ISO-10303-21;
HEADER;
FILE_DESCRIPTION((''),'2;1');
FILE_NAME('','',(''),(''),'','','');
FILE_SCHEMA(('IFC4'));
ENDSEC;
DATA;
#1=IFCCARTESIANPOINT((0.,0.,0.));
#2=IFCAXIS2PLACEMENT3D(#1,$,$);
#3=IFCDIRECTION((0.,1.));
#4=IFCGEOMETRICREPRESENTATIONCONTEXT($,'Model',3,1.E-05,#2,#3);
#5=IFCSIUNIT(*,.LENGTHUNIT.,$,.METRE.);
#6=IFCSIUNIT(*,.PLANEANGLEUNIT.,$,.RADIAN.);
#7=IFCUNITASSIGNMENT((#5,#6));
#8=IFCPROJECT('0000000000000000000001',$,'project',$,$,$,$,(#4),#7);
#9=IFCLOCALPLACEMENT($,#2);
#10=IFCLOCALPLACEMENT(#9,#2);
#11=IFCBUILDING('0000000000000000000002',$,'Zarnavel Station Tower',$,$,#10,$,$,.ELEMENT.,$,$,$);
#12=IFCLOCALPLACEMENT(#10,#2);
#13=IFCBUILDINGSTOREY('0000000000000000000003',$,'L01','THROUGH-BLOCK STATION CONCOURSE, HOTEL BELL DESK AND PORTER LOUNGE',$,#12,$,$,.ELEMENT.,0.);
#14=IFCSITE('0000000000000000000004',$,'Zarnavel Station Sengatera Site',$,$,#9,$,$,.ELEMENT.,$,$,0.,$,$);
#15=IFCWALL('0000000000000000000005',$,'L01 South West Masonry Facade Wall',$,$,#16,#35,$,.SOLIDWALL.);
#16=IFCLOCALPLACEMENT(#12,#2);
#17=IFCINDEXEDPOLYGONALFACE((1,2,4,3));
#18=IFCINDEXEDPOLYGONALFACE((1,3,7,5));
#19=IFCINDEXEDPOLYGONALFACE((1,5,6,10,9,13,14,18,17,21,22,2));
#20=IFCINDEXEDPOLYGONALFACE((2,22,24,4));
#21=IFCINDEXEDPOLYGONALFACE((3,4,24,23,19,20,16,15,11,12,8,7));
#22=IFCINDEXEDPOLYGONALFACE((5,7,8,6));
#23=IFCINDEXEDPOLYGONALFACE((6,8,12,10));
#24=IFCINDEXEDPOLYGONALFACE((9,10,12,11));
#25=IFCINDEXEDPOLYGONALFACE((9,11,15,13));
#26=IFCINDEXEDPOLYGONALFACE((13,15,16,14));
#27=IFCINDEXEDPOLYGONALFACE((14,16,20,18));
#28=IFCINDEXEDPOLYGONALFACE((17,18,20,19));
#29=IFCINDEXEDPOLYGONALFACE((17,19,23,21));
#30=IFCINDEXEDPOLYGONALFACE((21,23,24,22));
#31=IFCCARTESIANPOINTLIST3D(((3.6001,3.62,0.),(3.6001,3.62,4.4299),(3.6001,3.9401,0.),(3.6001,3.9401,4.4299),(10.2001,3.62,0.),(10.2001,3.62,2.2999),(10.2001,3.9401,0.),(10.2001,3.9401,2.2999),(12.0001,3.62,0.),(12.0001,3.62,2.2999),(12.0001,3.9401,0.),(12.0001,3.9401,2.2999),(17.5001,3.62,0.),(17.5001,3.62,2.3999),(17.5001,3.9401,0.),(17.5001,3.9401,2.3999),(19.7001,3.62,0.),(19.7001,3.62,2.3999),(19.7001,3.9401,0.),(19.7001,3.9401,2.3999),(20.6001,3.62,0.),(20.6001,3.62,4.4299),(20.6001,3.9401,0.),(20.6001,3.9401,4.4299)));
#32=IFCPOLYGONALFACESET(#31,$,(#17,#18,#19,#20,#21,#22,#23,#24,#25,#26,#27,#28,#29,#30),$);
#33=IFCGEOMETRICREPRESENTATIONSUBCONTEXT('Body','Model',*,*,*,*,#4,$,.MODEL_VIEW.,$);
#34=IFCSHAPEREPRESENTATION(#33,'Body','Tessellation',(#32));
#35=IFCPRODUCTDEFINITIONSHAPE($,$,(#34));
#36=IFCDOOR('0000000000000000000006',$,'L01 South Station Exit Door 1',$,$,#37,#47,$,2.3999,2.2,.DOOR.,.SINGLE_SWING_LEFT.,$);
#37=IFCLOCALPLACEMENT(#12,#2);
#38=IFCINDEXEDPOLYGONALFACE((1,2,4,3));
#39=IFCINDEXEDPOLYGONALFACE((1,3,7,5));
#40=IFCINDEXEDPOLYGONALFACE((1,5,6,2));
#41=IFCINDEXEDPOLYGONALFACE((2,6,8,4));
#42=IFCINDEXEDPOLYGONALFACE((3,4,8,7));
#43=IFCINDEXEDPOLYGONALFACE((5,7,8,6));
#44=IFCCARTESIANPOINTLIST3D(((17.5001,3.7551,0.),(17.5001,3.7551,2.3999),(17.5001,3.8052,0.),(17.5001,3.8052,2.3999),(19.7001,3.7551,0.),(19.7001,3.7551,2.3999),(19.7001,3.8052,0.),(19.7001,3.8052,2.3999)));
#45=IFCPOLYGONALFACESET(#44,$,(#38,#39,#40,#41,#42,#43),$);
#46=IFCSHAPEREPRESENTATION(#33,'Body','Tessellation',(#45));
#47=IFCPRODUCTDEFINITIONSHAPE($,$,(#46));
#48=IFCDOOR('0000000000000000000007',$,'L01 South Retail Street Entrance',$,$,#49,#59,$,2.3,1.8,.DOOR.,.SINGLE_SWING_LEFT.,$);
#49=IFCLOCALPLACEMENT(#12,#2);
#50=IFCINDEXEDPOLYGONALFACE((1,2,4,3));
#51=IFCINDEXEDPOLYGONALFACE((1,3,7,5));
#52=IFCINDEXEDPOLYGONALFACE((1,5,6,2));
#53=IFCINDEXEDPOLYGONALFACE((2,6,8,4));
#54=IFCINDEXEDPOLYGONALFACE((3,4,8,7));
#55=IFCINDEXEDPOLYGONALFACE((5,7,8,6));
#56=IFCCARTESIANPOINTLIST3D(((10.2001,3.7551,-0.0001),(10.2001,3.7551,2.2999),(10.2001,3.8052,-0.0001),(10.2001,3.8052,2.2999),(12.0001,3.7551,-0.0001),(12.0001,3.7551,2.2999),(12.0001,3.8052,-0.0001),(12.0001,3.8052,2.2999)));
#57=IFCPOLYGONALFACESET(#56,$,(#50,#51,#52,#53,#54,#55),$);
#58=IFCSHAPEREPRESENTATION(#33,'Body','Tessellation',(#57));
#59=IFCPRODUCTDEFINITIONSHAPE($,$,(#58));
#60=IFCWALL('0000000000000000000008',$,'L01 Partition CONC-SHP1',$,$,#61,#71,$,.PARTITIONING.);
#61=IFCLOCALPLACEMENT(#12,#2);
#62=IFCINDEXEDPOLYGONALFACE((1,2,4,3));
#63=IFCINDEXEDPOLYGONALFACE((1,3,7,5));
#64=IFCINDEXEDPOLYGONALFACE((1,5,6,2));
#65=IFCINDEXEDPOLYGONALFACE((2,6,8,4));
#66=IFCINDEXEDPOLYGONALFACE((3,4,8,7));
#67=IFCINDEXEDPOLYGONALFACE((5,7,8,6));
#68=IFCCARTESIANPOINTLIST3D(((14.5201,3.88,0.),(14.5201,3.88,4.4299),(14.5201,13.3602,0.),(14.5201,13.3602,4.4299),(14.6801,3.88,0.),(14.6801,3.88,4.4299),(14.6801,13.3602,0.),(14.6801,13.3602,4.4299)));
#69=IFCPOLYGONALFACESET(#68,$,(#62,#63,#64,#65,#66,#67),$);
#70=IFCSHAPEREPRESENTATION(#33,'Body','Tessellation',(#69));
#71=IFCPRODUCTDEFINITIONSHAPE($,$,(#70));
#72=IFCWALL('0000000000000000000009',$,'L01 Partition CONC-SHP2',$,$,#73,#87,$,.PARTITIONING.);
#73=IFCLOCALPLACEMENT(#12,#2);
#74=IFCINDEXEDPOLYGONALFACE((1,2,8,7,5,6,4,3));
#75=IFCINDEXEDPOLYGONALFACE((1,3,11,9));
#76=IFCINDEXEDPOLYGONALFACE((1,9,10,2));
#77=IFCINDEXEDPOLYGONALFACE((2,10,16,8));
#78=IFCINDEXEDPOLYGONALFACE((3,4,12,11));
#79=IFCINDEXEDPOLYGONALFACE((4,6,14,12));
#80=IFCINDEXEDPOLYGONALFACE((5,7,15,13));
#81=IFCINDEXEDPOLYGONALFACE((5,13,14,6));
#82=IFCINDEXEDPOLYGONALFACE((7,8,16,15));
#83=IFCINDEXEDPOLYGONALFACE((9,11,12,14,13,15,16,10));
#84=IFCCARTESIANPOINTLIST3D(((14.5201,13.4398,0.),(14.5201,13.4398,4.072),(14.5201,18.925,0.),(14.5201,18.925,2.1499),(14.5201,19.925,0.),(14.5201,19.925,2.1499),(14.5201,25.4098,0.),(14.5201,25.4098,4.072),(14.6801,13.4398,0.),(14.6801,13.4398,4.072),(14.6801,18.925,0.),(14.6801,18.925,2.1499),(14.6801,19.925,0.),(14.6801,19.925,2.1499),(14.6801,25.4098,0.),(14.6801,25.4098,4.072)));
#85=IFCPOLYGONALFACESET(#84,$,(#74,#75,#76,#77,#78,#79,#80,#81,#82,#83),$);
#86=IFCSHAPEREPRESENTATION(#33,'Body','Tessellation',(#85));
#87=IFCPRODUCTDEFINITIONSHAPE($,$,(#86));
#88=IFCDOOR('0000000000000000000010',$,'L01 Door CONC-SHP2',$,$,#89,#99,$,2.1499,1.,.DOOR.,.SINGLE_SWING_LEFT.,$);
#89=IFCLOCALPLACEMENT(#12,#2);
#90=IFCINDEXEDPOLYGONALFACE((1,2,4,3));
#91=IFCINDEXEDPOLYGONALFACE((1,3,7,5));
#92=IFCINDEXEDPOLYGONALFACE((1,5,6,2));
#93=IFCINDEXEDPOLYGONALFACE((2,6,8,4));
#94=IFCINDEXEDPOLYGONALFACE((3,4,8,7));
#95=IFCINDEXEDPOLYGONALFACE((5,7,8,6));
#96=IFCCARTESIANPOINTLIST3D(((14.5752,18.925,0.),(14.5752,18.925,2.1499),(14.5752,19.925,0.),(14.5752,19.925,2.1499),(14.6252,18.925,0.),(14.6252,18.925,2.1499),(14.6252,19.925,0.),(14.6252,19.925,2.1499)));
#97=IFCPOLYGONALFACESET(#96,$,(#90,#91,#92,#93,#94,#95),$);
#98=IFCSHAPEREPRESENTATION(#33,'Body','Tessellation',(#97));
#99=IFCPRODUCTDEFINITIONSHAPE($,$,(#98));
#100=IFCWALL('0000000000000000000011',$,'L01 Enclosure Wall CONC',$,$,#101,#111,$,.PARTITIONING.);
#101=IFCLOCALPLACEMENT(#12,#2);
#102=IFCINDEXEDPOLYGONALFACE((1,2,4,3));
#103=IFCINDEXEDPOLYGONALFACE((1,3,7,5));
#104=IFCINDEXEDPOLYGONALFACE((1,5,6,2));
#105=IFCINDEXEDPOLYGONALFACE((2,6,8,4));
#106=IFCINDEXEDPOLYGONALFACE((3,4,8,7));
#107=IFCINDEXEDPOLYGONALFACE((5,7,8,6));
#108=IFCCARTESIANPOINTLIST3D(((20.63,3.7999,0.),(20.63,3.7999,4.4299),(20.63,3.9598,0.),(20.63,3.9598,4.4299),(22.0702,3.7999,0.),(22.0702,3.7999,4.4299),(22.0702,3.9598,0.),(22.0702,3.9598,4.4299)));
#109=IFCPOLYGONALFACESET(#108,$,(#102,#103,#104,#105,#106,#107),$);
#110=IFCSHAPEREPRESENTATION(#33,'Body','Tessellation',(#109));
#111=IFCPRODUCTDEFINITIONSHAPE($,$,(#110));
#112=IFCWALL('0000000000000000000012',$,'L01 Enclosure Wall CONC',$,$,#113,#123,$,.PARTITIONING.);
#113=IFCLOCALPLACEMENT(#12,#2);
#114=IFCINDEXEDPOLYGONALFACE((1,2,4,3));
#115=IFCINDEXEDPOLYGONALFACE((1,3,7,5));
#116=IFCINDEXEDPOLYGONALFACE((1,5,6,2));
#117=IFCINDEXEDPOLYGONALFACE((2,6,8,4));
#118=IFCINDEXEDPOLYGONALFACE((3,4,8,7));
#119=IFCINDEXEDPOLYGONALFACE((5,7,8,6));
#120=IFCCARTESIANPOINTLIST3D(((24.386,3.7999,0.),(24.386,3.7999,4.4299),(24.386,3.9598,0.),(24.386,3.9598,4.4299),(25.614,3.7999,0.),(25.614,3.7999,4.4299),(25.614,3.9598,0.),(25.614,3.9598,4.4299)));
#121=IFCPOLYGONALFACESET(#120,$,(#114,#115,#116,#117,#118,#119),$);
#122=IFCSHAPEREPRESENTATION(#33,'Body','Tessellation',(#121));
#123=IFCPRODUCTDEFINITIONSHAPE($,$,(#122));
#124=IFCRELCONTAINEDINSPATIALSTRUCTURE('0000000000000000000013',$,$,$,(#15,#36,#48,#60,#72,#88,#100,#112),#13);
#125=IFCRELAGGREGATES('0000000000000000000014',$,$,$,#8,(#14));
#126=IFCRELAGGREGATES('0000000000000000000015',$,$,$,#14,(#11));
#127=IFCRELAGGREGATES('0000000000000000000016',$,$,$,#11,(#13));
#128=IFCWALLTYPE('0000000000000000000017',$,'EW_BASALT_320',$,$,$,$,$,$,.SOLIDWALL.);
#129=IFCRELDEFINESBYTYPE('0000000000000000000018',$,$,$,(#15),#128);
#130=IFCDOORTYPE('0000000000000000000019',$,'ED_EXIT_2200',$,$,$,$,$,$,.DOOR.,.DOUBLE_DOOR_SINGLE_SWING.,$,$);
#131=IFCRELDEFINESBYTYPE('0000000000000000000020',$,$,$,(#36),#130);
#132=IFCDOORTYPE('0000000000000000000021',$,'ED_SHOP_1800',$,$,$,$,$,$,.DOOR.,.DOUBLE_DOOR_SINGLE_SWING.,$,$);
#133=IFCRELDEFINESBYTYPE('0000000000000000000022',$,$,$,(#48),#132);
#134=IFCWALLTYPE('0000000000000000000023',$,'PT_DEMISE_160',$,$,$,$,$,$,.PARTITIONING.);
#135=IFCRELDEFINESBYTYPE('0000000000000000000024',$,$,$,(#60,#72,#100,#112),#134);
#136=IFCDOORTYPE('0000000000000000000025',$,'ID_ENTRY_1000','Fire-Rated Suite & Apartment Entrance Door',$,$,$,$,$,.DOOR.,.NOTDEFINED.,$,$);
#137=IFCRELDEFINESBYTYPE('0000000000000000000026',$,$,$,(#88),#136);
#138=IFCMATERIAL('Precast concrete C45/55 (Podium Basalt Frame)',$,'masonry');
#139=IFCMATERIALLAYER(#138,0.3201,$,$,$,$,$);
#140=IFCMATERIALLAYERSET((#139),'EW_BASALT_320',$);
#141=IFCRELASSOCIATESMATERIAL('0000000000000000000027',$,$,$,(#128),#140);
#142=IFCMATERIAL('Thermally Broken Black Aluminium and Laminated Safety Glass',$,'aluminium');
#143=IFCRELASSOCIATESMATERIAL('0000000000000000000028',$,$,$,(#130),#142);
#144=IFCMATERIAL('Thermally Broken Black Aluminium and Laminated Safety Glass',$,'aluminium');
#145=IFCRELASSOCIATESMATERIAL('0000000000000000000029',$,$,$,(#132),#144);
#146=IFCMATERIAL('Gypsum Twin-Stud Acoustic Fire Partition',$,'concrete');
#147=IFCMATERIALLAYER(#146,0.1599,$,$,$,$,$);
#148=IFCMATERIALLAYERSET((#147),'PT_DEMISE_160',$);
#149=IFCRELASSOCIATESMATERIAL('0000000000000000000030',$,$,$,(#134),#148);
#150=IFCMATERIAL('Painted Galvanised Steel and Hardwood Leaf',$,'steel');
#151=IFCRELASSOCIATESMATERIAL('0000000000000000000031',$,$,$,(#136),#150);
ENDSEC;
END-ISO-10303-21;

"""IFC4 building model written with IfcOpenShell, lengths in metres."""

from ifc_helpers import new_model, si_unit, direction, frame, frame_2d, origin, place, context, subcontext, project, spatial, rectangle, extrude, material, layer, layer_set, type_object, element, fill, save


model = new_model("IFC4")

# Units and contexts
model_context = context("Model", 3, precision=1e-05, world=origin(), true_north=direction((0.0, 1.0)))
body_context = subcontext(model_context, "Body", "Model", "MODEL_VIEW")
ifc_project = project(units=[si_unit("LENGTHUNIT", "METRE"), si_unit("PLANEANGLEUNIT", "RADIAN")], contexts=[model_context])

# Site, building, storey
site_placement = place(None, origin())
site = spatial("IfcSite", under=ifc_project, at=site_placement, Name="Zarnavel Station Sengatera Site", CompositionType="ELEMENT", RefElevation=0.0)
building_placement = place(site_placement, origin())
building = spatial("IfcBuilding", under=site, at=building_placement, Name="Zarnavel Station Tower", CompositionType="ELEMENT")
storey_placement = place(building_placement, origin())
storey = spatial("IfcBuildingStorey", under=building, at=storey_placement, Name="L01", Description="THROUGH-BLOCK STATION CONCOURSE, HOTEL BELL DESK AND PORTER LOUNGE", CompositionType="ELEMENT", Elevation=0.0)

# Wall, openings, doors
ifc_material_1 = material(Name="Precast concrete C45/55 (Podium Basalt Frame)", Category="masonry")
ifc_layer_1 = layer(ifc_material_1, 0.3201)
ifc_layer_set_1 = layer_set([ifc_layer_1], Name="EW_BASALT_320")
wall_type_1 = type_object("IfcWallType", Name="EW_BASALT_320", PredefinedType="SOLIDWALL", material=ifc_layer_set_1)
wall_1_placement = place(storey_placement, frame((20.6001, 3.78, 0.0), z_axis=(0.0, 0.0, 1.0), x_axis=(-1.0, 0.0, 0.0)))
wall_1 = element("IfcWall", 1, at=wall_1_placement, inside=storey, type_object=wall_type_1, Name="L01 South West Masonry Facade Wall", PredefinedType="SOLIDWALL", context=body_context, shape_type="SweptSolid", body=[
    extrude(rectangle(XDim=17.0, YDim=0.3201, at=frame_2d((8.5, 0.0))), origin(), (0.0, 0.0, 1.0), 4.4299),
])
opening_1_placement = place(wall_1_placement, frame((0.8999, 0.0, 0.0)))
opening_1 = element("IfcOpeningElement", 2, at=opening_1_placement, cuts=wall_1, PredefinedType="OPENING", context=body_context, shape_type="SweptSolid", body=[
    extrude(rectangle(XDim=2.2, YDim=2.3999, at=frame_2d((1.1001, 1.2))), frame((0.0, 0.1699, 0.0), z_axis=(0.0, -1.0, 0.0), x_axis=(1.0, 0.0, 0.0)), (0.0, 0.0, 1.0), 0.3401),
])
opening_2_placement = place(wall_1_placement, frame((8.6001, 0.0, 0.0)))
opening_2 = element("IfcOpeningElement", 3, at=opening_2_placement, cuts=wall_1, PredefinedType="OPENING", context=body_context, shape_type="SweptSolid", body=[
    extrude(rectangle(XDim=1.8, YDim=2.3, at=frame_2d((0.8999, 1.1499))), frame((0.0, 0.1699, 0.0), z_axis=(0.0, -1.0, 0.0), x_axis=(1.0, 0.0, 0.0)), (0.0, 0.0, 1.0), 0.3401),
])
ifc_material_2 = material(Name="Thermally Broken Black Aluminium and Laminated Safety Glass", Category="aluminium")
door_type_1 = type_object("IfcDoorType", Name="ED_EXIT_2200", OperationType="DOUBLE_DOOR_SINGLE_SWING", PredefinedType="DOOR", material=ifc_material_2)
door_1_placement = place(opening_1_placement, origin())
door_1 = element("IfcDoor", 4, at=door_1_placement, inside=storey, type_object=door_type_1, Name="L01 South Station Exit Door 1", OperationType="SINGLE_SWING_LEFT", OverallHeight=2.3999, OverallWidth=2.2, PredefinedType="DOOR", context=body_context, shape_type="SweptSolid", body=[
    extrude(rectangle(XDim=2.2, YDim=2.3999, at=frame_2d((1.1001, 1.2))), frame((0.0, 0.0249, 0.0), z_axis=(0.0, -1.0, 0.0), x_axis=(1.0, 0.0, 0.0)), (0.0, 0.0, 1.0), 0.05),
])
fill(opening_1, door_1)
ifc_material_3 = material(Name="Thermally Broken Black Aluminium and Laminated Safety Glass", Category="aluminium")
door_type_2 = type_object("IfcDoorType", Name="ED_SHOP_1800", OperationType="DOUBLE_DOOR_SINGLE_SWING", PredefinedType="DOOR", material=ifc_material_3)
door_2_placement = place(opening_2_placement, origin())
door_2 = element("IfcDoor", 5, at=door_2_placement, inside=storey, type_object=door_type_2, Name="L01 South Retail Street Entrance", OperationType="SINGLE_SWING_LEFT", OverallHeight=2.3, OverallWidth=1.8, PredefinedType="DOOR", context=body_context, shape_type="SweptSolid", body=[
    extrude(rectangle(XDim=1.8, YDim=2.3, at=frame_2d((0.8999, 1.1499))), frame((0.0, 0.0249, 0.0), z_axis=(0.0, -1.0, 0.0), x_axis=(1.0, 0.0, 0.0)), (0.0, 0.0, 1.0), 0.05),
])
fill(opening_2, door_2)

# Wall
ifc_material_4 = material(Name="Gypsum Twin-Stud Acoustic Fire Partition", Category="concrete")
ifc_layer_2 = layer(ifc_material_4, 0.1599)
ifc_layer_set_2 = layer_set([ifc_layer_2], Name="PT_DEMISE_160")
wall_type_2 = type_object("IfcWallType", Name="PT_DEMISE_160", PredefinedType="PARTITIONING", material=ifc_layer_set_2)
wall_2_placement = place(storey_placement, frame((14.6001, 3.8799, 0.0), z_axis=(0.0, 0.0, 1.0), x_axis=(0.0, 1.0, 0.0)))
element("IfcWall", 6, at=wall_2_placement, inside=storey, type_object=wall_type_2, Name="L01 Partition CONC-SHP1", PredefinedType="PARTITIONING", context=body_context, shape_type="SweptSolid", body=[
    extrude(rectangle(XDim=9.4802, YDim=0.1599, at=frame_2d((4.7402, 0.0))), origin(), (0.0, 0.0, 1.0), 4.4299),
])

# Wall, opening, door
wall_3_placement = place(storey_placement, frame((14.6001, 13.4399, 0.0), z_axis=(0.0, 0.0, 1.0), x_axis=(0.0, 1.0, 0.0)))
wall_3 = element("IfcWall", 7, at=wall_3_placement, inside=storey, type_object=wall_type_2, Name="L01 Partition CONC-SHP2", PredefinedType="PARTITIONING", context=body_context, shape_type="SweptSolid", body=[
    extrude(rectangle(XDim=11.97, YDim=0.1599, at=frame_2d((5.9849, 0.0))), origin(), (0.0, 0.0, 1.0), 4.072),
])
opening_3_placement = place(wall_3_placement, frame((5.4851, 0.0, 0.0)))
opening_3 = element("IfcOpeningElement", 8, at=opening_3_placement, cuts=wall_3, PredefinedType="OPENING", context=body_context, shape_type="SweptSolid", body=[
    extrude(rectangle(XDim=1.0, YDim=2.1499, at=frame_2d((0.5, 1.075))), frame((0.0, 0.0898, 0.0), z_axis=(0.0, -1.0, 0.0), x_axis=(1.0, 0.0, 0.0)), (0.0, 0.0, 1.0), 0.1799),
])
ifc_material_5 = material(Name="Painted Galvanised Steel and Hardwood Leaf", Category="steel")
door_type_3 = type_object("IfcDoorType", Name="ID_ENTRY_1000", Description="Fire-Rated Suite & Apartment Entrance Door", OperationType="NOTDEFINED", PredefinedType="DOOR", material=ifc_material_5)
door_3_placement = place(opening_3_placement, origin())
door_3 = element("IfcDoor", 9, at=door_3_placement, inside=storey, type_object=door_type_3, Name="L01 Door CONC-SHP2", OperationType="SINGLE_SWING_LEFT", OverallHeight=2.1499, OverallWidth=1.0, PredefinedType="DOOR", context=body_context, shape_type="SweptSolid", body=[
    extrude(rectangle(XDim=1.0, YDim=2.1499, at=frame_2d((0.5, 1.075))), frame((0.0, 0.0249, 0.0), z_axis=(0.0, -1.0, 0.0), x_axis=(1.0, 0.0, 0.0)), (0.0, 0.0, 1.0), 0.05),
])
fill(opening_3, door_3)

# Walls
wall_4_placement = place(storey_placement, frame((20.6299, 3.8799, 0.0), z_axis=(0.0, 0.0, 1.0), x_axis=(1.0, 0.0, 0.0)))
element("IfcWall", 10, at=wall_4_placement, inside=storey, type_object=wall_type_2, Name="L01 Enclosure Wall CONC", PredefinedType="PARTITIONING", context=body_context, shape_type="SweptSolid", body=[
    extrude(rectangle(XDim=1.4402, YDim=0.1599, at=frame_2d((0.7202, 0.0))), origin(), (0.0, 0.0, 1.0), 4.4299),
])
wall_5_placement = place(storey_placement, frame((24.386, 3.8799, 0.0), z_axis=(0.0, 0.0, 1.0), x_axis=(1.0, 0.0, 0.0)))
element("IfcWall", 11, at=wall_5_placement, inside=storey, type_object=wall_type_2, Name="L01 Enclosure Wall CONC", PredefinedType="PARTITIONING", context=body_context, shape_type="SweptSolid", body=[
    extrude(rectangle(XDim=1.228, YDim=0.1599, at=frame_2d((0.614, 0.0))), origin(), (0.0, 0.0, 1.0), 4.4299),
])

save(model, "model.ifc")
